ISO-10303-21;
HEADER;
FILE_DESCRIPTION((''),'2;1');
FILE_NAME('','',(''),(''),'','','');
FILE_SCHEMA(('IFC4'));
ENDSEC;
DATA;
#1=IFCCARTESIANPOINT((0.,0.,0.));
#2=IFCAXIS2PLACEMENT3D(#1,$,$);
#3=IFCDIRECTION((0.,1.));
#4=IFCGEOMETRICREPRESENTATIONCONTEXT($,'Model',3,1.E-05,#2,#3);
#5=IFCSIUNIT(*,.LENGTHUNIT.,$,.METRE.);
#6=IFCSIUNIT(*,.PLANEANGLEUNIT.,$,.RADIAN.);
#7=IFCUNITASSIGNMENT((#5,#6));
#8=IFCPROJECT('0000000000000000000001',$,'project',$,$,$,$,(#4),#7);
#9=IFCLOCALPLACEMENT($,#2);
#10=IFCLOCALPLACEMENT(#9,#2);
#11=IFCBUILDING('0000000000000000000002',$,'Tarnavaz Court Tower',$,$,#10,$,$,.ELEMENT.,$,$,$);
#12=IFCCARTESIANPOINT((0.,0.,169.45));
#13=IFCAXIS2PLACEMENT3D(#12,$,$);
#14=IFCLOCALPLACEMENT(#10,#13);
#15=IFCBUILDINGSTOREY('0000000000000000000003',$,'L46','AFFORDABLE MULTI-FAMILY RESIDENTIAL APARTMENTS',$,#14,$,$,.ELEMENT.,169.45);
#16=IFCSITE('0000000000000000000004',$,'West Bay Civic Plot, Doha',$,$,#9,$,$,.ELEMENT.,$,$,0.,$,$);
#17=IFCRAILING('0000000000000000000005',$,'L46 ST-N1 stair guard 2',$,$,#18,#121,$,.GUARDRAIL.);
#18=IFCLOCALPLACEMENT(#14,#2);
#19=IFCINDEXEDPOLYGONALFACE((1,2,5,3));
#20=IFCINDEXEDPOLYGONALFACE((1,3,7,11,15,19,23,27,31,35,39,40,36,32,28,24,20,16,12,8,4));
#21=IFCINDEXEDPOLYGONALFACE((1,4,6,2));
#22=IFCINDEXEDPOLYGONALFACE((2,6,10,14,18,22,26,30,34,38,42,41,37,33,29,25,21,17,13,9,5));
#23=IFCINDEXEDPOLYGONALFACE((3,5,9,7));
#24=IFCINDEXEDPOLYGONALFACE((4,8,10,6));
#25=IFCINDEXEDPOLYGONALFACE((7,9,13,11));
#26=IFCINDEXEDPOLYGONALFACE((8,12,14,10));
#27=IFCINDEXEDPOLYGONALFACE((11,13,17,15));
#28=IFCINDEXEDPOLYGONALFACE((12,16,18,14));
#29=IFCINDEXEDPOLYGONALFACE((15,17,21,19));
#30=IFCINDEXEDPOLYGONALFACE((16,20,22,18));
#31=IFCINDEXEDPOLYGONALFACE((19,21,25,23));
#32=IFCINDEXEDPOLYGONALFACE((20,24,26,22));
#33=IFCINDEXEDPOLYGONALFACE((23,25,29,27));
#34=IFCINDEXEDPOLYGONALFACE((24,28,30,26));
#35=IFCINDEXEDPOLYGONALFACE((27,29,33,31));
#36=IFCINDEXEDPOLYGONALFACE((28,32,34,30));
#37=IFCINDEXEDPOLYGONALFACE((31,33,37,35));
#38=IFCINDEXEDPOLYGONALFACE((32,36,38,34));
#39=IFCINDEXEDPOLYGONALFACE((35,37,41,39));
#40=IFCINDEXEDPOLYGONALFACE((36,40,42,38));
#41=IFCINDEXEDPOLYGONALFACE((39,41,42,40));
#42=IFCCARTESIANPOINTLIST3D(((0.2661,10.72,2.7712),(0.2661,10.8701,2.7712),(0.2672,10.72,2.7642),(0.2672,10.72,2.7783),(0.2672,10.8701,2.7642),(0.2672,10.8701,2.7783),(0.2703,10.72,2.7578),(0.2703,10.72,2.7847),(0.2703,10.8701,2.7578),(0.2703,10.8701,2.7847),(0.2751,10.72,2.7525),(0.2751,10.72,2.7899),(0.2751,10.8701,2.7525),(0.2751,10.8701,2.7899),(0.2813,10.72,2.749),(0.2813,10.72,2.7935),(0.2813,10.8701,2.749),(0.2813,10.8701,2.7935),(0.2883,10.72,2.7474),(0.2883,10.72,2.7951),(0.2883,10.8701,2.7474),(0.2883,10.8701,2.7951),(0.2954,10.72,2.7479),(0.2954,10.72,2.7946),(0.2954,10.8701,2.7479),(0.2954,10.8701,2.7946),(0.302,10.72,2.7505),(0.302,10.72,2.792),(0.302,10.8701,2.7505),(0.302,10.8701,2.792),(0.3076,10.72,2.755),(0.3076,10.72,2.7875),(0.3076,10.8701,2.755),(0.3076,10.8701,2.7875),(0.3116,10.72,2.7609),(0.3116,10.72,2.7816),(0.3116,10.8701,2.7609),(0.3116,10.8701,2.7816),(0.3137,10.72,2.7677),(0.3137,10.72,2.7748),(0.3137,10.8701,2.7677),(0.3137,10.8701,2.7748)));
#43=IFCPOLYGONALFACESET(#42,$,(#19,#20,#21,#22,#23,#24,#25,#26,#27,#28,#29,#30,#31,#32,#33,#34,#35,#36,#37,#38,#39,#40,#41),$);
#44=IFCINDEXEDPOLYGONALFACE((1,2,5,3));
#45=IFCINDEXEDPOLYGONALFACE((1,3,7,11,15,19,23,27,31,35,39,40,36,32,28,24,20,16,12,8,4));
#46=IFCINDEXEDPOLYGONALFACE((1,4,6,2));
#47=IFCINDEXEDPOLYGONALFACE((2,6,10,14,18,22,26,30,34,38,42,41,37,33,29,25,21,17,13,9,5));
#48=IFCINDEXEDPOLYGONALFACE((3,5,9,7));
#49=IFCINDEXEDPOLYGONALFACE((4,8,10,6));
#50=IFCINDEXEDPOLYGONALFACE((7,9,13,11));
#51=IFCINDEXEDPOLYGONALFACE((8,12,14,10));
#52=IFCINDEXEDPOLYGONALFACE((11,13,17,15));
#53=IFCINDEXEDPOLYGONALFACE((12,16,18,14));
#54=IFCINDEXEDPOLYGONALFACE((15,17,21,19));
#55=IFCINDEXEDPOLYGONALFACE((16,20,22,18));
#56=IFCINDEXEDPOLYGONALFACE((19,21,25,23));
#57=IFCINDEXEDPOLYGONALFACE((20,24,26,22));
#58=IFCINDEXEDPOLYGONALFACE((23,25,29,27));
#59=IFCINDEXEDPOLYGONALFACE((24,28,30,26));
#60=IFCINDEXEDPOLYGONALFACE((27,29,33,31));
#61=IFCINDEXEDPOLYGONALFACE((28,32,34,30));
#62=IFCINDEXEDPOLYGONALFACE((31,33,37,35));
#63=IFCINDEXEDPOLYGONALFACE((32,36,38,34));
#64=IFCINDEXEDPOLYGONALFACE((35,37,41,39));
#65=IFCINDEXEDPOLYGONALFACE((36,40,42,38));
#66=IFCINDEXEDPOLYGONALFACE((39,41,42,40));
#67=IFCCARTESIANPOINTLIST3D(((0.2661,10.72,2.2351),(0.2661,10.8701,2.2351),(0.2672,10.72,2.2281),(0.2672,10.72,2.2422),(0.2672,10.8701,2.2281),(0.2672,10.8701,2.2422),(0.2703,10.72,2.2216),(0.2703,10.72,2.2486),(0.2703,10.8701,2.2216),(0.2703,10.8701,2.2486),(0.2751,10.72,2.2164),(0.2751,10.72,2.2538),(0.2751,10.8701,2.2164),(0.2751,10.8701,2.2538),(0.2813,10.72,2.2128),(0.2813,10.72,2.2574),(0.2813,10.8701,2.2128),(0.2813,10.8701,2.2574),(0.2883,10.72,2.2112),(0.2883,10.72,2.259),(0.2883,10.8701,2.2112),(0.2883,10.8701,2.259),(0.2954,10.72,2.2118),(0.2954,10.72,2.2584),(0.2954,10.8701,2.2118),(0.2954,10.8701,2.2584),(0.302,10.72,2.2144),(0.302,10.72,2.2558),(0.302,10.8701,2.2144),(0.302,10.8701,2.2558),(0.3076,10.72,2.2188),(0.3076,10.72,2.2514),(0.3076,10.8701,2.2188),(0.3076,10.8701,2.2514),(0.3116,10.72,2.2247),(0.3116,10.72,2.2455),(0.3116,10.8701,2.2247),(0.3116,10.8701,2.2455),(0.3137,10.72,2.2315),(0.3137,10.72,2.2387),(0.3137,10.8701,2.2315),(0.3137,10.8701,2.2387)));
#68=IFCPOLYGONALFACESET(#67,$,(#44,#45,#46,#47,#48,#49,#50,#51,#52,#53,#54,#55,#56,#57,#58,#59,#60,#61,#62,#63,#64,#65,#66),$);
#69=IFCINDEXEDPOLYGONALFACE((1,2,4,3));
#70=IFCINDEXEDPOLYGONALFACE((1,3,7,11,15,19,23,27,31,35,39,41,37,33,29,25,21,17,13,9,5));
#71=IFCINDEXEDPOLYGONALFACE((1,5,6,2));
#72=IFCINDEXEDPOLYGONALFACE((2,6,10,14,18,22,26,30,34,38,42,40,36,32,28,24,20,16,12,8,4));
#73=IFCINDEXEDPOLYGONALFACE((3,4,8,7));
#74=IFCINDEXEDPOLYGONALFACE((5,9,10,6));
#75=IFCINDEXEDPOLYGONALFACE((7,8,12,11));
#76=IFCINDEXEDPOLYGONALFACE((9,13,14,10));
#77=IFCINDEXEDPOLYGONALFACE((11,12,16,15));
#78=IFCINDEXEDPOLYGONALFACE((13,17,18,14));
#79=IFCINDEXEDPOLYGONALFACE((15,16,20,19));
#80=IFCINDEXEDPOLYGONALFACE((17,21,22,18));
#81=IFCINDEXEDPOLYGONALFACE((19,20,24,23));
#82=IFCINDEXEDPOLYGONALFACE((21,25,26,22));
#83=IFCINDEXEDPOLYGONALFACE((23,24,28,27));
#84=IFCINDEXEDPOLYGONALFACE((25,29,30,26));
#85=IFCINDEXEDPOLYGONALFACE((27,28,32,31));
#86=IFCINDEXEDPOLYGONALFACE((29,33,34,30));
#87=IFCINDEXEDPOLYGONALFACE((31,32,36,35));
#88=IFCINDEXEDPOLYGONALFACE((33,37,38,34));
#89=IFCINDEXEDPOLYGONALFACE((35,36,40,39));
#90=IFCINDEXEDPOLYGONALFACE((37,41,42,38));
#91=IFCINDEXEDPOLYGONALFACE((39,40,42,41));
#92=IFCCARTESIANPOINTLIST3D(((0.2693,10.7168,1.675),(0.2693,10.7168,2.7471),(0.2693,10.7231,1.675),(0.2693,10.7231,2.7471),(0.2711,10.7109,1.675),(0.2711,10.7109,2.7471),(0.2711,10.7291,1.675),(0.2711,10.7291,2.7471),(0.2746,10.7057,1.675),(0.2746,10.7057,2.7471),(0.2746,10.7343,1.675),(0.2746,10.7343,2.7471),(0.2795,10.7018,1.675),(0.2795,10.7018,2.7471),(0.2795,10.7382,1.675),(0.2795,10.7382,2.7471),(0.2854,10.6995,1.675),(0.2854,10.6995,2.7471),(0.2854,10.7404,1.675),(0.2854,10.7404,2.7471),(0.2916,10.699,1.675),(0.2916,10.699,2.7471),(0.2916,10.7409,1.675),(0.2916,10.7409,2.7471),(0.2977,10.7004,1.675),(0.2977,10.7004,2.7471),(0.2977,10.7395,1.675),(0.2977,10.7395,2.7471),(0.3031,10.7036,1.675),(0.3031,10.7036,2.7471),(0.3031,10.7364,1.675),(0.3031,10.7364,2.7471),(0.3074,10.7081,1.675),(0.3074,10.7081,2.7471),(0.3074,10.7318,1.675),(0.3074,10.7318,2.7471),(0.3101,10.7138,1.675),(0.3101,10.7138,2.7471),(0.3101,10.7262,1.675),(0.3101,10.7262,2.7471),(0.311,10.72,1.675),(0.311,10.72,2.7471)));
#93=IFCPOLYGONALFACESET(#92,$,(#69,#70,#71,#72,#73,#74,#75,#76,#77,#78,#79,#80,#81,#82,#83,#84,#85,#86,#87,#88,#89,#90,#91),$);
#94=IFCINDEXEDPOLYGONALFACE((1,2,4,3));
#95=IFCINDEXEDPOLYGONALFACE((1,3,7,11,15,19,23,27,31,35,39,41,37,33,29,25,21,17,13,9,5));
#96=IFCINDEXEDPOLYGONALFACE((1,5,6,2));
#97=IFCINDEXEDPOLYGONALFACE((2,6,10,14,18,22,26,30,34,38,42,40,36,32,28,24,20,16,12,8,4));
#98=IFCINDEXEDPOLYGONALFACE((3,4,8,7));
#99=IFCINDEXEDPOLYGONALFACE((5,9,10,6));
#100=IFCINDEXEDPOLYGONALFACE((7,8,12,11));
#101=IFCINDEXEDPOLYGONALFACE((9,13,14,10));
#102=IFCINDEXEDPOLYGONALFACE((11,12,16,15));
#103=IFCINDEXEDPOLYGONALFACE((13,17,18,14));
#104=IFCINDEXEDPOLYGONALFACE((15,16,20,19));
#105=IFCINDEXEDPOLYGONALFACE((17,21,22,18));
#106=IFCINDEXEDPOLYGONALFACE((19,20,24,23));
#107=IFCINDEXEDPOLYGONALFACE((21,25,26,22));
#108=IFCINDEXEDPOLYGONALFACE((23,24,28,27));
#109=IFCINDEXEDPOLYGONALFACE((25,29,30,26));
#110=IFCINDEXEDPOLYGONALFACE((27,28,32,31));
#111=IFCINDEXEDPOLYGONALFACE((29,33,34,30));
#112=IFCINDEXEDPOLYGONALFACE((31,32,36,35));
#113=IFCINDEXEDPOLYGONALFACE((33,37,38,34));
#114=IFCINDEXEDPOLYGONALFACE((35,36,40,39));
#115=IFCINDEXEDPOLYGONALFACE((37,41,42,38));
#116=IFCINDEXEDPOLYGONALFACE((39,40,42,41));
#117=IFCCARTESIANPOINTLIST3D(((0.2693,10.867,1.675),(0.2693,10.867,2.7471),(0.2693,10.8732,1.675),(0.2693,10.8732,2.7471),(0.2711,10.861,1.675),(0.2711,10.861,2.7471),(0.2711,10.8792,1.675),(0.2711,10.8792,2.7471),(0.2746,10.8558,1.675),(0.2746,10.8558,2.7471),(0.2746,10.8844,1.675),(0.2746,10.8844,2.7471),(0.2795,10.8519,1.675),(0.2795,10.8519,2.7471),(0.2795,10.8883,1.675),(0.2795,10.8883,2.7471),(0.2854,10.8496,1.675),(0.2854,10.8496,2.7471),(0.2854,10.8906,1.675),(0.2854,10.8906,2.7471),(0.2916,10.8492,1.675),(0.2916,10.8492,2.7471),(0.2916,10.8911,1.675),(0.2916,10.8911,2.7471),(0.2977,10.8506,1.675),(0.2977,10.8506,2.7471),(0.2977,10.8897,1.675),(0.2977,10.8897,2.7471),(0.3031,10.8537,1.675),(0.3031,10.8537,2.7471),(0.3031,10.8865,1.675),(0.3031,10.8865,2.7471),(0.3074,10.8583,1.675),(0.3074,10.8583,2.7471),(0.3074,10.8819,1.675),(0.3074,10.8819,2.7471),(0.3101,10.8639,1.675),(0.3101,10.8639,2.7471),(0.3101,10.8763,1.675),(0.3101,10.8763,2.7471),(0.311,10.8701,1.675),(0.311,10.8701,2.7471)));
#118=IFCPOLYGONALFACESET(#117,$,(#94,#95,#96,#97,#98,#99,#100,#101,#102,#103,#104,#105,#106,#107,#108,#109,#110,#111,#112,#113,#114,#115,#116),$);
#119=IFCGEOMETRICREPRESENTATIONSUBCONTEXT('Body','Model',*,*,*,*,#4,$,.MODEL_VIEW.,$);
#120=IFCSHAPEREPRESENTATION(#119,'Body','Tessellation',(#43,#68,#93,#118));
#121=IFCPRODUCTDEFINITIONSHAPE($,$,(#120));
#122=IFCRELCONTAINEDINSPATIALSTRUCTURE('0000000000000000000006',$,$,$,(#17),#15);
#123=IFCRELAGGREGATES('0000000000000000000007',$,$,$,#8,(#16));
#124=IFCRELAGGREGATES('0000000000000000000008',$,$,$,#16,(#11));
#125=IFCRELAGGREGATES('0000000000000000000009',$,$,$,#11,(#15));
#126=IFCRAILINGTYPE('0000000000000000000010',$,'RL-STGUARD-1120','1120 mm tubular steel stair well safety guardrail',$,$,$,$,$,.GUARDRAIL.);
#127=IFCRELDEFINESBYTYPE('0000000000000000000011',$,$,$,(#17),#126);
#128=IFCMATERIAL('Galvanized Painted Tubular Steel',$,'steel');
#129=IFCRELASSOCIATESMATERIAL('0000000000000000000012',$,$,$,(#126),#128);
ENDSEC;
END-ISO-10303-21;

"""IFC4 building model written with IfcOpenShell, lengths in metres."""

from ifc_helpers import new_model, si_unit, direction, frame, origin, origin_2d, place, context, subcontext, project, spatial, circle, extrude, material, type_object, element, save


model = new_model("IFC4")

# Units and contexts
model_context = context("Model", 3, precision=1e-05, world=origin(), true_north=direction((0.0, 1.0)))
body_context = subcontext(model_context, "Body", "Model", "MODEL_VIEW")
ifc_project = project(units=[si_unit("LENGTHUNIT", "METRE"), si_unit("PLANEANGLEUNIT", "RADIAN")], contexts=[model_context])

# Site, building, storey
site_placement = place(None, origin())
site = spatial("IfcSite", under=ifc_project, at=site_placement, Name="West Bay Civic Plot, Doha", CompositionType="ELEMENT", RefElevation=0.0)
building_placement = place(site_placement, origin())
building = spatial("IfcBuilding", under=site, at=building_placement, Name="Tarnavaz Court Tower", CompositionType="ELEMENT")
storey_placement = place(building_placement, frame((0.0, 0.0, 169.45)))
storey = spatial("IfcBuildingStorey", under=building, at=storey_placement, Name="L46", Description="AFFORDABLE MULTI-FAMILY RESIDENTIAL APARTMENTS", CompositionType="ELEMENT", Elevation=169.45)

# Railing
ifc_material_1 = material(Name="Galvanized Painted Tubular Steel", Category="steel")
railing_type_1 = type_object("IfcRailingType", Name="RL-STGUARD-1120", Description="1120 mm tubular steel stair well safety guardrail", PredefinedType="GUARDRAIL", material=ifc_material_1)
railing_1_placement = place(storey_placement, frame((0.29, 10.72, 1.675)))
element("IfcRailing", 1, at=railing_1_placement, inside=storey, type_object=railing_type_1, Name="L46 ST-N1 stair guard 2", PredefinedType="GUARDRAIL", context=body_context, shape_type="SweptSolid", body=[
    extrude(circle(Radius=0.0239, at=origin_2d()), frame((0.0, 0.0, 1.0962), z_axis=(0.0, 1.0, 0.0), x_axis=(-1.0, 0.0, 0.0)), (0.0, 0.0, 1.0), 0.1501),
    extrude(circle(Radius=0.0239, at=origin_2d()), frame((0.0, 0.0, 0.5601), z_axis=(0.0, 1.0, 0.0), x_axis=(-1.0, 0.0, 0.0)), (0.0, 0.0, 1.0), 0.1501),
    extrude(circle(Radius=0.021, at=origin_2d()), origin(), (0.0, 0.0, 1.0), 1.072),
    extrude(circle(Radius=0.021, at=origin_2d()), frame((0.0, 0.1501, 0.0)), (0.0, 0.0, 1.0), 1.072),
])

save(model, "model.ifc")
